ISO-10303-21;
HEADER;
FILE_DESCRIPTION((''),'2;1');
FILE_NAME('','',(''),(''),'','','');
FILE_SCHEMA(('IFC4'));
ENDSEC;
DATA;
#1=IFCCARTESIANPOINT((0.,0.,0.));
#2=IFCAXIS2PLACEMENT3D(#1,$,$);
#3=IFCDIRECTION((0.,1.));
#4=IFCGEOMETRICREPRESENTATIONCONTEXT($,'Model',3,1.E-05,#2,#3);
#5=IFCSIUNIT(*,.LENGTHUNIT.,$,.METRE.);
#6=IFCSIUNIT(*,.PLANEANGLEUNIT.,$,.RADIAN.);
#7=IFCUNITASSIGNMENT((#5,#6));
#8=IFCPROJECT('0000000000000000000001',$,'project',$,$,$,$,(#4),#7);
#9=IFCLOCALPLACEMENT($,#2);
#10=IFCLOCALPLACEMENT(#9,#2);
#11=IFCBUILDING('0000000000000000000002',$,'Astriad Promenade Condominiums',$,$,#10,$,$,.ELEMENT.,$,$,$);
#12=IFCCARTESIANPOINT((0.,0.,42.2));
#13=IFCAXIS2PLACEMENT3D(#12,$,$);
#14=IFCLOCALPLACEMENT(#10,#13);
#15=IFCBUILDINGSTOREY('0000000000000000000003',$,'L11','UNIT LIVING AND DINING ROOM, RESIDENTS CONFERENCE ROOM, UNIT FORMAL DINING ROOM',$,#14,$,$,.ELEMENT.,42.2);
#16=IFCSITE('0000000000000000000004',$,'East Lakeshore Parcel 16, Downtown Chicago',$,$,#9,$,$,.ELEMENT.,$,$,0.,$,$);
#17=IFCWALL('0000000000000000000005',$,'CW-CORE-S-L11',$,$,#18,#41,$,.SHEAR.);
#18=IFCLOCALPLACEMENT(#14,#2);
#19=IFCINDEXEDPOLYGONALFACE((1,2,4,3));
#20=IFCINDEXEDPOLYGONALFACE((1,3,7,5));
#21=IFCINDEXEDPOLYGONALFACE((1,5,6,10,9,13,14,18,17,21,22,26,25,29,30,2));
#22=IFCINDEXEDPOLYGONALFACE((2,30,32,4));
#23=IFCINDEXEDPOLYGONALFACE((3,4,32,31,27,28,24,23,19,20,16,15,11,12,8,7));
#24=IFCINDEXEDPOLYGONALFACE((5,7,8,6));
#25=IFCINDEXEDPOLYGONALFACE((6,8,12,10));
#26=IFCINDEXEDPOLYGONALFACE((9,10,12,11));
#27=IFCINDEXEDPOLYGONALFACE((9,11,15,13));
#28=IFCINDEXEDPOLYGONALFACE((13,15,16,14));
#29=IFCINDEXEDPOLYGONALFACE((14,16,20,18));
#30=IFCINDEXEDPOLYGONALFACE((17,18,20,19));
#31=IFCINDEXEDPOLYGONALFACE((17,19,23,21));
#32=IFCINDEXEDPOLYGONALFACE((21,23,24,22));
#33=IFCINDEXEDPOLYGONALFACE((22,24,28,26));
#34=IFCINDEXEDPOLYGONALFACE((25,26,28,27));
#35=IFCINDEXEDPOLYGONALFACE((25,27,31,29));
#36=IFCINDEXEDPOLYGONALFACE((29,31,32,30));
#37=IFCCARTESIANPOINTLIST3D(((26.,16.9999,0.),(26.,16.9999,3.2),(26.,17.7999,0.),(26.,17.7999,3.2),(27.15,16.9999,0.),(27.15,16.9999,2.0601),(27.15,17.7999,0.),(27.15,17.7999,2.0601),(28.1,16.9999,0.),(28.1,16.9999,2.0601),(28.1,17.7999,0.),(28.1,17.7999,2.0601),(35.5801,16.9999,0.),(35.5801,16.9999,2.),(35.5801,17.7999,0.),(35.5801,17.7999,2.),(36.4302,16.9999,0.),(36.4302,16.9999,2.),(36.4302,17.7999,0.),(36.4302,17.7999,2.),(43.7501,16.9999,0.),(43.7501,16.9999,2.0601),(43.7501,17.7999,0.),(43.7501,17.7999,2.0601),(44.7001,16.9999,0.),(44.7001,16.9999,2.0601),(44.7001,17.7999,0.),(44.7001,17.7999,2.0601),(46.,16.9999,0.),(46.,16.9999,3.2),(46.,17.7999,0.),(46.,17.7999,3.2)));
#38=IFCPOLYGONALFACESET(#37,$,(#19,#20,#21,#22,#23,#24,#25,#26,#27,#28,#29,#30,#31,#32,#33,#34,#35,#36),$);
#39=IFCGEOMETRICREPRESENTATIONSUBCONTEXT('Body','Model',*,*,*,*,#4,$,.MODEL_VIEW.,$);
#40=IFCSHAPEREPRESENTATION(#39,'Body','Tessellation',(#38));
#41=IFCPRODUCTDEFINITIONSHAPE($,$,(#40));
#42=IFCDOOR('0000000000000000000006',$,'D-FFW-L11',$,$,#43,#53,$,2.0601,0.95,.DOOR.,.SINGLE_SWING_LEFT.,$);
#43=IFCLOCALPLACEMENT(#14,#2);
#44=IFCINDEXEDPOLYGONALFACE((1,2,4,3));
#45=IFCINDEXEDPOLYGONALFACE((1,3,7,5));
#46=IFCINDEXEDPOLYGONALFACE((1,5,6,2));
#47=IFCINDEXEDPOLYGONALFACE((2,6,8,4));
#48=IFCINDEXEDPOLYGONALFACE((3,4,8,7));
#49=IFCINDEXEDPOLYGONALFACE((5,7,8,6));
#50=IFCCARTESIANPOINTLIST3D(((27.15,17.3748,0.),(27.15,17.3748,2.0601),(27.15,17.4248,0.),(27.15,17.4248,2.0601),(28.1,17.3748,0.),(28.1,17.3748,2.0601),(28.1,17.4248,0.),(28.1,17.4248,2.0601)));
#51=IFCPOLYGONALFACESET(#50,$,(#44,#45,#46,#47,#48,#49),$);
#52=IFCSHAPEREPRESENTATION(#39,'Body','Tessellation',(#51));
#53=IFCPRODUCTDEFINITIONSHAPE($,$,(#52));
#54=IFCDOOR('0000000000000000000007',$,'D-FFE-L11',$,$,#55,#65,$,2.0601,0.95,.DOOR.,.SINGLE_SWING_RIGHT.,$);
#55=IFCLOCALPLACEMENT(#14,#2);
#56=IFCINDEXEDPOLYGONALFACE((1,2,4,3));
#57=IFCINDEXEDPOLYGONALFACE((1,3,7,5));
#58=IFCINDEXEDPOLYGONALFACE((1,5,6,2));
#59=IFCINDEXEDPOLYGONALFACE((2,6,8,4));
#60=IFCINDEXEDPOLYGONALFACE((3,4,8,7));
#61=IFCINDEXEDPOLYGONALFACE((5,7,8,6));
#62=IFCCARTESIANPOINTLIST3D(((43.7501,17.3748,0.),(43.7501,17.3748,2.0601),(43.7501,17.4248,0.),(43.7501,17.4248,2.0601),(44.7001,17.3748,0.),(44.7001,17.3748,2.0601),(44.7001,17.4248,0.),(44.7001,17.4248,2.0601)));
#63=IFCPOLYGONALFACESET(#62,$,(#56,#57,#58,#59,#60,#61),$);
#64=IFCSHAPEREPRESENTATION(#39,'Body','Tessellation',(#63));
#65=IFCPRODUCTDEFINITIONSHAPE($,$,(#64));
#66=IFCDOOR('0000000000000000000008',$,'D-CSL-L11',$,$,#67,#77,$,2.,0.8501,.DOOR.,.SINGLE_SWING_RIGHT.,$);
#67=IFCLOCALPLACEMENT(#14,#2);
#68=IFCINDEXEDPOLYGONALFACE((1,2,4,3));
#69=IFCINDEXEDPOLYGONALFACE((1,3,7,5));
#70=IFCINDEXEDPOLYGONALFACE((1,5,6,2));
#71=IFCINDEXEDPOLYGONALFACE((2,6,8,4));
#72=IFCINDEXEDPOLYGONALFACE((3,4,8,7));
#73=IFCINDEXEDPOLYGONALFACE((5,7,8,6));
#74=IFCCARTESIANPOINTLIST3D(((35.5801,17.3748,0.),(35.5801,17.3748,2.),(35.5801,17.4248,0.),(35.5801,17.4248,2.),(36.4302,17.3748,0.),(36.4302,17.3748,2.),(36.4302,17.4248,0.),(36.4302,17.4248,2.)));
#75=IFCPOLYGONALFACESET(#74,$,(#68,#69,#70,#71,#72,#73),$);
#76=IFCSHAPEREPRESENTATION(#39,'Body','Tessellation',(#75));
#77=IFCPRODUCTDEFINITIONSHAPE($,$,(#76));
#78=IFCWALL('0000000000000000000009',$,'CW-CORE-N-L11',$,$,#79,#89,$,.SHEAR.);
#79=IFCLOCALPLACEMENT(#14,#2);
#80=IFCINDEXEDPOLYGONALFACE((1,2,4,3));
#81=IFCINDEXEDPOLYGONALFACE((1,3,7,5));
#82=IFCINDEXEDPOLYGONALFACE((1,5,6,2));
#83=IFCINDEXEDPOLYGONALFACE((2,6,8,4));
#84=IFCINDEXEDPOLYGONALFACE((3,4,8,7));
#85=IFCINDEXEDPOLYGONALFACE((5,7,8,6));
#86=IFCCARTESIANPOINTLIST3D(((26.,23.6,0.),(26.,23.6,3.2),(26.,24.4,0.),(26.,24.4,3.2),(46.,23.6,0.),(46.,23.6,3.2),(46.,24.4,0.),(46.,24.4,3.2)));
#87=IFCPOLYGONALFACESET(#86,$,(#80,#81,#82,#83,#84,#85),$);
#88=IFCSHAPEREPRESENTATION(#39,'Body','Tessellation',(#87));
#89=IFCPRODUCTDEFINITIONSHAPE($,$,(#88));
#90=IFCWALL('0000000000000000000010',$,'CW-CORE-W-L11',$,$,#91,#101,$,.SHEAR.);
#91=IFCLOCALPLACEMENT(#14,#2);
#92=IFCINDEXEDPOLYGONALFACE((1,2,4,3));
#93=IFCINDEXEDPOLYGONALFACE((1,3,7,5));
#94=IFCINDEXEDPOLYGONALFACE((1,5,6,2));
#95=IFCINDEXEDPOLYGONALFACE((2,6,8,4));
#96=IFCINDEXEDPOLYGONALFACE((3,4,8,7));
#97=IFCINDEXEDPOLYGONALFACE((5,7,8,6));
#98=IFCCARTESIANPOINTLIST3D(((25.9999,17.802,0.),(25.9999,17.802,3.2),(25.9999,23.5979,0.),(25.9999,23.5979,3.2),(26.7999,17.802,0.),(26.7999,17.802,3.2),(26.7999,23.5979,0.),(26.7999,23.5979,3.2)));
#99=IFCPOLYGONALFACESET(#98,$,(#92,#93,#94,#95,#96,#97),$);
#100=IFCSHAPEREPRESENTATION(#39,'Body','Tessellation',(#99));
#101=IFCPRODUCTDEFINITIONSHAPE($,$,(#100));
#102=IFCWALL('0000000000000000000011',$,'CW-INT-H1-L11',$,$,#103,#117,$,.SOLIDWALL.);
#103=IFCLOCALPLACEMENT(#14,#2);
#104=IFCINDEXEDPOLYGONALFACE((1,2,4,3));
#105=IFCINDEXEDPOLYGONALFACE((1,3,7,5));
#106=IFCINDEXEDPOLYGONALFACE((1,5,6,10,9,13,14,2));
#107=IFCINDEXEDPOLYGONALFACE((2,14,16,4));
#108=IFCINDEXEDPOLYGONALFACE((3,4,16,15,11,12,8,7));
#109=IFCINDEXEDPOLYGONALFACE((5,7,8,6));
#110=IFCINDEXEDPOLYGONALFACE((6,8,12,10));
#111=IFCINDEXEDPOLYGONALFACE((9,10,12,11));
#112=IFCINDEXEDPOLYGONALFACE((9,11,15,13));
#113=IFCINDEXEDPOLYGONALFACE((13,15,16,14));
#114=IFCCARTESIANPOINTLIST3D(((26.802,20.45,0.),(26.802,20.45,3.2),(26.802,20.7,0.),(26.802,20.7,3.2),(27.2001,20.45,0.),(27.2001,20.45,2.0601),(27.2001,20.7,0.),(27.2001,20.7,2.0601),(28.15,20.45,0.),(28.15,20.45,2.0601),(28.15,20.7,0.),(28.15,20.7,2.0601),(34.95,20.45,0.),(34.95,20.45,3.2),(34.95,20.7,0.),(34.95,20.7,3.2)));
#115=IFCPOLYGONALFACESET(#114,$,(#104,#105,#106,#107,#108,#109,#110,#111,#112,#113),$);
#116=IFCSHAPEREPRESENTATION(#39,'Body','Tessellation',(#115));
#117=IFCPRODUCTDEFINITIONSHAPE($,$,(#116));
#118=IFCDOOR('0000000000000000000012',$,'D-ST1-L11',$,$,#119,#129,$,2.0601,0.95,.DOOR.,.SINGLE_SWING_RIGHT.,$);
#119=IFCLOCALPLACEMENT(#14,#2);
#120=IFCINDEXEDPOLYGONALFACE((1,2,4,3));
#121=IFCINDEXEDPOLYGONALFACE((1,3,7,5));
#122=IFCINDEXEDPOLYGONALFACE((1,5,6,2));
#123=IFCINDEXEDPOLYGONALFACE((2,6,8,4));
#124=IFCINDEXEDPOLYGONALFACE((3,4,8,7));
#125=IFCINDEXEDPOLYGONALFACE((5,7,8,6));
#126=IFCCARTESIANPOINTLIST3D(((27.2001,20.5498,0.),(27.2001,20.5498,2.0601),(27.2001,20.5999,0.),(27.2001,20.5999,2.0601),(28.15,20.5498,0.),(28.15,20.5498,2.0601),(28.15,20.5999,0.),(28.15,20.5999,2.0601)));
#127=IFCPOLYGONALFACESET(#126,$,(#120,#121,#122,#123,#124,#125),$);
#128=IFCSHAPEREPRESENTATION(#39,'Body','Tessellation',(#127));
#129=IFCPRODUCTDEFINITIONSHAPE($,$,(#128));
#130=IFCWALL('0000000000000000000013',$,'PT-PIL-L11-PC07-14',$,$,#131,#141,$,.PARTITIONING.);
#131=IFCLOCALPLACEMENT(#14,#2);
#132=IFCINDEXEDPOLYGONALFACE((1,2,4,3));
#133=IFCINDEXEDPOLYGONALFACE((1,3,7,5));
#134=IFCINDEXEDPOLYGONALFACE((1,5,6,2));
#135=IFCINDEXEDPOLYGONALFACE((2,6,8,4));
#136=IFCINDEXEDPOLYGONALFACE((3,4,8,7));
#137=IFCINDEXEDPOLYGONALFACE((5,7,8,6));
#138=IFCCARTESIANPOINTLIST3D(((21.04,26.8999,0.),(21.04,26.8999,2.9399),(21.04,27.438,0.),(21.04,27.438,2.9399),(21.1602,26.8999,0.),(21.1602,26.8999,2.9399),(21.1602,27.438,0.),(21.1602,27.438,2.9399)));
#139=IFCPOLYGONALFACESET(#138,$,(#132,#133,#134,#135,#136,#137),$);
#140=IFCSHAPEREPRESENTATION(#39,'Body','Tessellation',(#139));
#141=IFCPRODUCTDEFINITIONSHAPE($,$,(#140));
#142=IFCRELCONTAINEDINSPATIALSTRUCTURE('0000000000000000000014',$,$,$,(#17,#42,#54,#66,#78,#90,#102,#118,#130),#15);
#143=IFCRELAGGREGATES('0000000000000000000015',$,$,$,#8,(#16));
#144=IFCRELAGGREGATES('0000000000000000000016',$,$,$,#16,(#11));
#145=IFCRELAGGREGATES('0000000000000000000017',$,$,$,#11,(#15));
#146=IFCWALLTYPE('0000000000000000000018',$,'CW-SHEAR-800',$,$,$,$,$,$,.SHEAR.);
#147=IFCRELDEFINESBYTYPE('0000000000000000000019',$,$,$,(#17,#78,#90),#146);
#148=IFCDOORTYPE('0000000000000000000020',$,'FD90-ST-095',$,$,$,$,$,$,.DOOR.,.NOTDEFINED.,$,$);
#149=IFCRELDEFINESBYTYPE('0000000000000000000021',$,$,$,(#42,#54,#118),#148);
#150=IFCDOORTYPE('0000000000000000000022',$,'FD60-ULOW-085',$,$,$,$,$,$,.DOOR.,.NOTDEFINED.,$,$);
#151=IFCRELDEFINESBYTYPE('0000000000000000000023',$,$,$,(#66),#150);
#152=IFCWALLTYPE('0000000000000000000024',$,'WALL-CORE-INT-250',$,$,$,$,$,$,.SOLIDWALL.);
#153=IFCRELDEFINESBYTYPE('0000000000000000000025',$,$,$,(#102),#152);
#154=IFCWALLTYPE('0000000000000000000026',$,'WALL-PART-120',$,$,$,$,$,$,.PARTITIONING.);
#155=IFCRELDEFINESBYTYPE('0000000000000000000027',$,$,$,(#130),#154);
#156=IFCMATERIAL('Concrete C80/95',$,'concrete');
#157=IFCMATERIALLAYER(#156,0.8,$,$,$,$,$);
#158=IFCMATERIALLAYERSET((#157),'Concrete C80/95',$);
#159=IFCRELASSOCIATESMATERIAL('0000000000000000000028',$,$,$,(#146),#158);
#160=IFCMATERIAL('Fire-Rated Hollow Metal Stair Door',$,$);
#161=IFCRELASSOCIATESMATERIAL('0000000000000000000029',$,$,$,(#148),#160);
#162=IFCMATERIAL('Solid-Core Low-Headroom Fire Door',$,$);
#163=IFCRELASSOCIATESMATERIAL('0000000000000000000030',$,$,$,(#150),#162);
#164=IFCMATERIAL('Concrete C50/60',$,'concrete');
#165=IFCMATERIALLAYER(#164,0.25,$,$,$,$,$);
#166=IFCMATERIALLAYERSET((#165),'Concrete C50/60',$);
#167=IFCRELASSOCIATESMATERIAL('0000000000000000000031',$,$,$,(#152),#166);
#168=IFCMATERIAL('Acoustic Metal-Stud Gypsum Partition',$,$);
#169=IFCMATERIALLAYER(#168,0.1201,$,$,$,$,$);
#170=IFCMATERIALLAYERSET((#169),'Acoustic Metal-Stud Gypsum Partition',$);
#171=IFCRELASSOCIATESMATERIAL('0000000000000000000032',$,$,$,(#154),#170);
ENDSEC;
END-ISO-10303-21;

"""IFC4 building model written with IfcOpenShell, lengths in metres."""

from ifc_helpers import new_model, si_unit, direction, frame, frame_2d, origin, place, context, subcontext, project, spatial, rectangle, extrude, source, transform, mapped, material, layer, layer_set, type_object, type_shapes, element, fill, save


model = new_model("IFC4")

# Units and contexts
model_context = context("Model", 3, precision=1e-05, world=origin(), true_north=direction((0.0, 1.0)))
body_context = subcontext(model_context, "Body", "Model", "MODEL_VIEW")
ifc_project = project(units=[si_unit("LENGTHUNIT", "METRE"), si_unit("PLANEANGLEUNIT", "RADIAN")], contexts=[model_context])

# Site, building, storey
site_placement = place(None, origin())
site = spatial("IfcSite", under=ifc_project, at=site_placement, Name="East Lakeshore Parcel 16, Downtown Chicago", CompositionType="ELEMENT", RefElevation=0.0)
building_placement = place(site_placement, origin())
building = spatial("IfcBuilding", under=site, at=building_placement, Name="Astriad Promenade Condominiums", CompositionType="ELEMENT")
storey_placement = place(building_placement, frame((0.0, 0.0, 42.2)))
storey = spatial("IfcBuildingStorey", under=building, at=storey_placement, Name="L11", Description="UNIT LIVING AND DINING ROOM, RESIDENTS CONFERENCE ROOM, UNIT FORMAL DINING ROOM", CompositionType="ELEMENT", Elevation=42.2)

# Shared definitions
ifc_material_1 = material(Name="Concrete C80/95", Category="concrete")

# Wall, openings, doors
ifc_layer_1 = layer(ifc_material_1, 0.8)
ifc_layer_set_1 = layer_set([ifc_layer_1], Name="Concrete C80/95")
wall_type_1 = type_object("IfcWallType", Name="CW-SHEAR-800", PredefinedType="SHEAR", material=ifc_layer_set_1)
wall_1_placement = place(storey_placement, frame((26.0, 17.3999, 0.0), z_axis=(0.0, 0.0, 1.0), x_axis=(1.0, 0.0, 0.0)))
wall_1 = element("IfcWall", 1, at=wall_1_placement, inside=storey, type_object=wall_type_1, Name="CW-CORE-S-L11", PredefinedType="SHEAR", context=body_context, shape_type="SweptSolid", body=[
    extrude(rectangle(XDim=20.0, YDim=0.8, at=frame_2d((10.0, 0.0))), origin(), (0.0, 0.0, 1.0), 3.2),
])
opening_1_placement = place(wall_1_placement, frame((1.1499, 0.0, 0.0)))
opening_1 = element("IfcOpeningElement", 2, at=opening_1_placement, cuts=wall_1, PredefinedType="OPENING", context=body_context, shape_type="SweptSolid", body=[
    extrude(rectangle(XDim=0.95, YDim=2.0601, at=frame_2d((0.4751, 1.03))), frame((0.0, 0.4099, 0.0), z_axis=(0.0, -1.0, 0.0), x_axis=(1.0, 0.0, 0.0)), (0.0, 0.0, 1.0), 0.8201),
])
opening_2_placement = place(wall_1_placement, frame((9.5801, 0.0, 0.0)))
opening_2 = element("IfcOpeningElement", 3, at=opening_2_placement, cuts=wall_1, PredefinedType="OPENING", context=body_context, shape_type="SweptSolid", body=[
    extrude(rectangle(XDim=0.8501, YDim=2.0, at=frame_2d((0.425, 1.0))), frame((0.0, 0.4099, 0.0), z_axis=(0.0, -1.0, 0.0), x_axis=(1.0, 0.0, 0.0)), (0.0, 0.0, 1.0), 0.8201),
])
opening_3_placement = place(wall_1_placement, frame((17.75, 0.0, 0.0)))
opening_3 = element("IfcOpeningElement", 4, at=opening_3_placement, cuts=wall_1, PredefinedType="OPENING", context=body_context, shape_type="SweptSolid", body=[
    extrude(rectangle(XDim=0.95, YDim=2.0601, at=frame_2d((0.4751, 1.03))), frame((0.0, 0.4099, 0.0), z_axis=(0.0, -1.0, 0.0), x_axis=(1.0, 0.0, 0.0)), (0.0, 0.0, 1.0), 0.8201),
])
ifc_material_2 = material(Name="Fire-Rated Hollow Metal Stair Door")
door_type_1 = type_object("IfcDoorType", Name="FD90-ST-095", OperationType="NOTDEFINED", PredefinedType="DOOR", material=ifc_material_2)
shared_shape_1 = source(origin(), body_context, "Body", "SweptSolid", [
    extrude(rectangle(XDim=0.95, YDim=2.0601, at=frame_2d((0.4751, 1.03))), frame((0.0, 0.0249, 0.0), z_axis=(0.0, -1.0, 0.0), x_axis=(1.0, 0.0, 0.0)), (0.0, 0.0, 1.0), 0.05),
])
type_shapes(door_type_1, [shared_shape_1])
door_1_placement = place(opening_1_placement, origin())
door_1 = element("IfcDoor", 5, at=door_1_placement, inside=storey, type_object=door_type_1, Name="D-FFW-L11", OperationType="SINGLE_SWING_LEFT", OverallHeight=2.0601, OverallWidth=0.95, PredefinedType="DOOR", context=body_context, shape_type="MappedRepresentation", body=[
    mapped(shared_shape_1, transform((0.0, 0.0, 0.0), scale=1.0)),
])
fill(opening_1, door_1)
door_2_placement = place(opening_3_placement, origin())
door_2 = element("IfcDoor", 6, at=door_2_placement, inside=storey, type_object=door_type_1, Name="D-FFE-L11", OperationType="SINGLE_SWING_RIGHT", OverallHeight=2.0601, OverallWidth=0.95, PredefinedType="DOOR", context=body_context, shape_type="MappedRepresentation", body=[
    mapped(shared_shape_1, transform((0.0, 0.0, 0.0), scale=1.0)),
])
fill(opening_3, door_2)
ifc_material_3 = material(Name="Solid-Core Low-Headroom Fire Door")
door_type_2 = type_object("IfcDoorType", Name="FD60-ULOW-085", OperationType="NOTDEFINED", PredefinedType="DOOR", material=ifc_material_3)
shared_shape_2 = source(origin(), body_context, "Body", "SweptSolid", [
    extrude(rectangle(XDim=0.8501, YDim=2.0, at=frame_2d((0.425, 1.0))), frame((0.0, 0.0249, 0.0), z_axis=(0.0, -1.0, 0.0), x_axis=(1.0, 0.0, 0.0)), (0.0, 0.0, 1.0), 0.05),
])
type_shapes(door_type_2, [shared_shape_2])
door_3_placement = place(opening_2_placement, origin())
door_3 = element("IfcDoor", 7, at=door_3_placement, inside=storey, type_object=door_type_2, Name="D-CSL-L11", OperationType="SINGLE_SWING_RIGHT", OverallHeight=2.0, OverallWidth=0.8501, PredefinedType="DOOR", context=body_context, shape_type="MappedRepresentation", body=[
    mapped(shared_shape_2, transform((0.0, 0.0, 0.0), scale=1.0)),
])
fill(opening_2, door_3)

# Walls
wall_2_placement = place(storey_placement, frame((26.0, 24.0, 0.0), z_axis=(0.0, 0.0, 1.0), x_axis=(1.0, 0.0, 0.0)))
element("IfcWall", 8, at=wall_2_placement, inside=storey, type_object=wall_type_1, Name="CW-CORE-N-L11", PredefinedType="SHEAR", context=body_context, shape_type="SweptSolid", body=[
    extrude(rectangle(XDim=20.0, YDim=0.8, at=frame_2d((10.0, 0.0))), origin(), (0.0, 0.0, 1.0), 3.2),
])
wall_3_placement = place(storey_placement, frame((26.3999, 17.802, 0.0), z_axis=(0.0, 0.0, 1.0), x_axis=(0.0, 1.0, 0.0)))
element("IfcWall", 9, at=wall_3_placement, inside=storey, type_object=wall_type_1, Name="CW-CORE-W-L11", PredefinedType="SHEAR", context=body_context, shape_type="SweptSolid", body=[
    extrude(rectangle(XDim=5.7959, YDim=0.8, at=frame_2d((2.8979, 0.0))), origin(), (0.0, 0.0, 1.0), 3.2),
])

# Wall, opening, door
ifc_material_4 = material(Name="Concrete C50/60", Category="concrete")
ifc_layer_2 = layer(ifc_material_4, 0.25)
ifc_layer_set_2 = layer_set([ifc_layer_2], Name="Concrete C50/60")
wall_type_2 = type_object("IfcWallType", Name="WALL-CORE-INT-250", PredefinedType="SOLIDWALL", material=ifc_layer_set_2)
wall_4_placement = place(storey_placement, frame((26.802, 20.575, 0.0), z_axis=(0.0, 0.0, 1.0), x_axis=(1.0, 0.0, 0.0)))
wall_4 = element("IfcWall", 10, at=wall_4_placement, inside=storey, type_object=wall_type_2, Name="CW-INT-H1-L11", PredefinedType="SOLIDWALL", context=body_context, shape_type="SweptSolid", body=[
    extrude(rectangle(XDim=8.1479, YDim=0.25, at=frame_2d((4.074, 0.0))), origin(), (0.0, 0.0, 1.0), 3.2),
])
opening_4_placement = place(wall_4_placement, frame((0.3979, 0.0, 0.0)))
opening_4 = element("IfcOpeningElement", 11, at=opening_4_placement, cuts=wall_4, PredefinedType="OPENING", context=body_context, shape_type="SweptSolid", body=[
    extrude(rectangle(XDim=0.95, YDim=2.0601, at=frame_2d((0.4751, 1.03))), frame((0.0, 0.135, 0.0), z_axis=(0.0, -1.0, 0.0), x_axis=(1.0, 0.0, 0.0)), (0.0, 0.0, 1.0), 0.27),
])
door_4_placement = place(opening_4_placement, origin())
door_4 = element("IfcDoor", 12, at=door_4_placement, inside=storey, type_object=door_type_1, Name="D-ST1-L11", OperationType="SINGLE_SWING_RIGHT", OverallHeight=2.0601, OverallWidth=0.95, PredefinedType="DOOR", context=body_context, shape_type="MappedRepresentation", body=[
    mapped(shared_shape_1, transform((0.0, 0.0, 0.0), scale=1.0)),
])
fill(opening_4, door_4)

# Wall
ifc_material_5 = material(Name="Acoustic Metal-Stud Gypsum Partition")
ifc_layer_3 = layer(ifc_material_5, 0.1201)
ifc_layer_set_3 = layer_set([ifc_layer_3], Name="Acoustic Metal-Stud Gypsum Partition")
wall_type_3 = type_object("IfcWallType", Name="WALL-PART-120", PredefinedType="PARTITIONING", material=ifc_layer_set_3)
wall_5_placement = place(storey_placement, frame((21.1001, 26.8999, 0.0), z_axis=(0.0, 0.0, 1.0), x_axis=(0.0, 1.0, 0.0)))
element("IfcWall", 13, at=wall_5_placement, inside=storey, type_object=wall_type_3, Name="PT-PIL-L11-PC07-14", PredefinedType="PARTITIONING", context=body_context, shape_type="SweptSolid", body=[
    extrude(rectangle(XDim=0.5381, YDim=0.1201, at=frame_2d((0.269, 0.0))), origin(), (0.0, 0.0, 1.0), 2.9399),
])

save(model, "model.ifc")
